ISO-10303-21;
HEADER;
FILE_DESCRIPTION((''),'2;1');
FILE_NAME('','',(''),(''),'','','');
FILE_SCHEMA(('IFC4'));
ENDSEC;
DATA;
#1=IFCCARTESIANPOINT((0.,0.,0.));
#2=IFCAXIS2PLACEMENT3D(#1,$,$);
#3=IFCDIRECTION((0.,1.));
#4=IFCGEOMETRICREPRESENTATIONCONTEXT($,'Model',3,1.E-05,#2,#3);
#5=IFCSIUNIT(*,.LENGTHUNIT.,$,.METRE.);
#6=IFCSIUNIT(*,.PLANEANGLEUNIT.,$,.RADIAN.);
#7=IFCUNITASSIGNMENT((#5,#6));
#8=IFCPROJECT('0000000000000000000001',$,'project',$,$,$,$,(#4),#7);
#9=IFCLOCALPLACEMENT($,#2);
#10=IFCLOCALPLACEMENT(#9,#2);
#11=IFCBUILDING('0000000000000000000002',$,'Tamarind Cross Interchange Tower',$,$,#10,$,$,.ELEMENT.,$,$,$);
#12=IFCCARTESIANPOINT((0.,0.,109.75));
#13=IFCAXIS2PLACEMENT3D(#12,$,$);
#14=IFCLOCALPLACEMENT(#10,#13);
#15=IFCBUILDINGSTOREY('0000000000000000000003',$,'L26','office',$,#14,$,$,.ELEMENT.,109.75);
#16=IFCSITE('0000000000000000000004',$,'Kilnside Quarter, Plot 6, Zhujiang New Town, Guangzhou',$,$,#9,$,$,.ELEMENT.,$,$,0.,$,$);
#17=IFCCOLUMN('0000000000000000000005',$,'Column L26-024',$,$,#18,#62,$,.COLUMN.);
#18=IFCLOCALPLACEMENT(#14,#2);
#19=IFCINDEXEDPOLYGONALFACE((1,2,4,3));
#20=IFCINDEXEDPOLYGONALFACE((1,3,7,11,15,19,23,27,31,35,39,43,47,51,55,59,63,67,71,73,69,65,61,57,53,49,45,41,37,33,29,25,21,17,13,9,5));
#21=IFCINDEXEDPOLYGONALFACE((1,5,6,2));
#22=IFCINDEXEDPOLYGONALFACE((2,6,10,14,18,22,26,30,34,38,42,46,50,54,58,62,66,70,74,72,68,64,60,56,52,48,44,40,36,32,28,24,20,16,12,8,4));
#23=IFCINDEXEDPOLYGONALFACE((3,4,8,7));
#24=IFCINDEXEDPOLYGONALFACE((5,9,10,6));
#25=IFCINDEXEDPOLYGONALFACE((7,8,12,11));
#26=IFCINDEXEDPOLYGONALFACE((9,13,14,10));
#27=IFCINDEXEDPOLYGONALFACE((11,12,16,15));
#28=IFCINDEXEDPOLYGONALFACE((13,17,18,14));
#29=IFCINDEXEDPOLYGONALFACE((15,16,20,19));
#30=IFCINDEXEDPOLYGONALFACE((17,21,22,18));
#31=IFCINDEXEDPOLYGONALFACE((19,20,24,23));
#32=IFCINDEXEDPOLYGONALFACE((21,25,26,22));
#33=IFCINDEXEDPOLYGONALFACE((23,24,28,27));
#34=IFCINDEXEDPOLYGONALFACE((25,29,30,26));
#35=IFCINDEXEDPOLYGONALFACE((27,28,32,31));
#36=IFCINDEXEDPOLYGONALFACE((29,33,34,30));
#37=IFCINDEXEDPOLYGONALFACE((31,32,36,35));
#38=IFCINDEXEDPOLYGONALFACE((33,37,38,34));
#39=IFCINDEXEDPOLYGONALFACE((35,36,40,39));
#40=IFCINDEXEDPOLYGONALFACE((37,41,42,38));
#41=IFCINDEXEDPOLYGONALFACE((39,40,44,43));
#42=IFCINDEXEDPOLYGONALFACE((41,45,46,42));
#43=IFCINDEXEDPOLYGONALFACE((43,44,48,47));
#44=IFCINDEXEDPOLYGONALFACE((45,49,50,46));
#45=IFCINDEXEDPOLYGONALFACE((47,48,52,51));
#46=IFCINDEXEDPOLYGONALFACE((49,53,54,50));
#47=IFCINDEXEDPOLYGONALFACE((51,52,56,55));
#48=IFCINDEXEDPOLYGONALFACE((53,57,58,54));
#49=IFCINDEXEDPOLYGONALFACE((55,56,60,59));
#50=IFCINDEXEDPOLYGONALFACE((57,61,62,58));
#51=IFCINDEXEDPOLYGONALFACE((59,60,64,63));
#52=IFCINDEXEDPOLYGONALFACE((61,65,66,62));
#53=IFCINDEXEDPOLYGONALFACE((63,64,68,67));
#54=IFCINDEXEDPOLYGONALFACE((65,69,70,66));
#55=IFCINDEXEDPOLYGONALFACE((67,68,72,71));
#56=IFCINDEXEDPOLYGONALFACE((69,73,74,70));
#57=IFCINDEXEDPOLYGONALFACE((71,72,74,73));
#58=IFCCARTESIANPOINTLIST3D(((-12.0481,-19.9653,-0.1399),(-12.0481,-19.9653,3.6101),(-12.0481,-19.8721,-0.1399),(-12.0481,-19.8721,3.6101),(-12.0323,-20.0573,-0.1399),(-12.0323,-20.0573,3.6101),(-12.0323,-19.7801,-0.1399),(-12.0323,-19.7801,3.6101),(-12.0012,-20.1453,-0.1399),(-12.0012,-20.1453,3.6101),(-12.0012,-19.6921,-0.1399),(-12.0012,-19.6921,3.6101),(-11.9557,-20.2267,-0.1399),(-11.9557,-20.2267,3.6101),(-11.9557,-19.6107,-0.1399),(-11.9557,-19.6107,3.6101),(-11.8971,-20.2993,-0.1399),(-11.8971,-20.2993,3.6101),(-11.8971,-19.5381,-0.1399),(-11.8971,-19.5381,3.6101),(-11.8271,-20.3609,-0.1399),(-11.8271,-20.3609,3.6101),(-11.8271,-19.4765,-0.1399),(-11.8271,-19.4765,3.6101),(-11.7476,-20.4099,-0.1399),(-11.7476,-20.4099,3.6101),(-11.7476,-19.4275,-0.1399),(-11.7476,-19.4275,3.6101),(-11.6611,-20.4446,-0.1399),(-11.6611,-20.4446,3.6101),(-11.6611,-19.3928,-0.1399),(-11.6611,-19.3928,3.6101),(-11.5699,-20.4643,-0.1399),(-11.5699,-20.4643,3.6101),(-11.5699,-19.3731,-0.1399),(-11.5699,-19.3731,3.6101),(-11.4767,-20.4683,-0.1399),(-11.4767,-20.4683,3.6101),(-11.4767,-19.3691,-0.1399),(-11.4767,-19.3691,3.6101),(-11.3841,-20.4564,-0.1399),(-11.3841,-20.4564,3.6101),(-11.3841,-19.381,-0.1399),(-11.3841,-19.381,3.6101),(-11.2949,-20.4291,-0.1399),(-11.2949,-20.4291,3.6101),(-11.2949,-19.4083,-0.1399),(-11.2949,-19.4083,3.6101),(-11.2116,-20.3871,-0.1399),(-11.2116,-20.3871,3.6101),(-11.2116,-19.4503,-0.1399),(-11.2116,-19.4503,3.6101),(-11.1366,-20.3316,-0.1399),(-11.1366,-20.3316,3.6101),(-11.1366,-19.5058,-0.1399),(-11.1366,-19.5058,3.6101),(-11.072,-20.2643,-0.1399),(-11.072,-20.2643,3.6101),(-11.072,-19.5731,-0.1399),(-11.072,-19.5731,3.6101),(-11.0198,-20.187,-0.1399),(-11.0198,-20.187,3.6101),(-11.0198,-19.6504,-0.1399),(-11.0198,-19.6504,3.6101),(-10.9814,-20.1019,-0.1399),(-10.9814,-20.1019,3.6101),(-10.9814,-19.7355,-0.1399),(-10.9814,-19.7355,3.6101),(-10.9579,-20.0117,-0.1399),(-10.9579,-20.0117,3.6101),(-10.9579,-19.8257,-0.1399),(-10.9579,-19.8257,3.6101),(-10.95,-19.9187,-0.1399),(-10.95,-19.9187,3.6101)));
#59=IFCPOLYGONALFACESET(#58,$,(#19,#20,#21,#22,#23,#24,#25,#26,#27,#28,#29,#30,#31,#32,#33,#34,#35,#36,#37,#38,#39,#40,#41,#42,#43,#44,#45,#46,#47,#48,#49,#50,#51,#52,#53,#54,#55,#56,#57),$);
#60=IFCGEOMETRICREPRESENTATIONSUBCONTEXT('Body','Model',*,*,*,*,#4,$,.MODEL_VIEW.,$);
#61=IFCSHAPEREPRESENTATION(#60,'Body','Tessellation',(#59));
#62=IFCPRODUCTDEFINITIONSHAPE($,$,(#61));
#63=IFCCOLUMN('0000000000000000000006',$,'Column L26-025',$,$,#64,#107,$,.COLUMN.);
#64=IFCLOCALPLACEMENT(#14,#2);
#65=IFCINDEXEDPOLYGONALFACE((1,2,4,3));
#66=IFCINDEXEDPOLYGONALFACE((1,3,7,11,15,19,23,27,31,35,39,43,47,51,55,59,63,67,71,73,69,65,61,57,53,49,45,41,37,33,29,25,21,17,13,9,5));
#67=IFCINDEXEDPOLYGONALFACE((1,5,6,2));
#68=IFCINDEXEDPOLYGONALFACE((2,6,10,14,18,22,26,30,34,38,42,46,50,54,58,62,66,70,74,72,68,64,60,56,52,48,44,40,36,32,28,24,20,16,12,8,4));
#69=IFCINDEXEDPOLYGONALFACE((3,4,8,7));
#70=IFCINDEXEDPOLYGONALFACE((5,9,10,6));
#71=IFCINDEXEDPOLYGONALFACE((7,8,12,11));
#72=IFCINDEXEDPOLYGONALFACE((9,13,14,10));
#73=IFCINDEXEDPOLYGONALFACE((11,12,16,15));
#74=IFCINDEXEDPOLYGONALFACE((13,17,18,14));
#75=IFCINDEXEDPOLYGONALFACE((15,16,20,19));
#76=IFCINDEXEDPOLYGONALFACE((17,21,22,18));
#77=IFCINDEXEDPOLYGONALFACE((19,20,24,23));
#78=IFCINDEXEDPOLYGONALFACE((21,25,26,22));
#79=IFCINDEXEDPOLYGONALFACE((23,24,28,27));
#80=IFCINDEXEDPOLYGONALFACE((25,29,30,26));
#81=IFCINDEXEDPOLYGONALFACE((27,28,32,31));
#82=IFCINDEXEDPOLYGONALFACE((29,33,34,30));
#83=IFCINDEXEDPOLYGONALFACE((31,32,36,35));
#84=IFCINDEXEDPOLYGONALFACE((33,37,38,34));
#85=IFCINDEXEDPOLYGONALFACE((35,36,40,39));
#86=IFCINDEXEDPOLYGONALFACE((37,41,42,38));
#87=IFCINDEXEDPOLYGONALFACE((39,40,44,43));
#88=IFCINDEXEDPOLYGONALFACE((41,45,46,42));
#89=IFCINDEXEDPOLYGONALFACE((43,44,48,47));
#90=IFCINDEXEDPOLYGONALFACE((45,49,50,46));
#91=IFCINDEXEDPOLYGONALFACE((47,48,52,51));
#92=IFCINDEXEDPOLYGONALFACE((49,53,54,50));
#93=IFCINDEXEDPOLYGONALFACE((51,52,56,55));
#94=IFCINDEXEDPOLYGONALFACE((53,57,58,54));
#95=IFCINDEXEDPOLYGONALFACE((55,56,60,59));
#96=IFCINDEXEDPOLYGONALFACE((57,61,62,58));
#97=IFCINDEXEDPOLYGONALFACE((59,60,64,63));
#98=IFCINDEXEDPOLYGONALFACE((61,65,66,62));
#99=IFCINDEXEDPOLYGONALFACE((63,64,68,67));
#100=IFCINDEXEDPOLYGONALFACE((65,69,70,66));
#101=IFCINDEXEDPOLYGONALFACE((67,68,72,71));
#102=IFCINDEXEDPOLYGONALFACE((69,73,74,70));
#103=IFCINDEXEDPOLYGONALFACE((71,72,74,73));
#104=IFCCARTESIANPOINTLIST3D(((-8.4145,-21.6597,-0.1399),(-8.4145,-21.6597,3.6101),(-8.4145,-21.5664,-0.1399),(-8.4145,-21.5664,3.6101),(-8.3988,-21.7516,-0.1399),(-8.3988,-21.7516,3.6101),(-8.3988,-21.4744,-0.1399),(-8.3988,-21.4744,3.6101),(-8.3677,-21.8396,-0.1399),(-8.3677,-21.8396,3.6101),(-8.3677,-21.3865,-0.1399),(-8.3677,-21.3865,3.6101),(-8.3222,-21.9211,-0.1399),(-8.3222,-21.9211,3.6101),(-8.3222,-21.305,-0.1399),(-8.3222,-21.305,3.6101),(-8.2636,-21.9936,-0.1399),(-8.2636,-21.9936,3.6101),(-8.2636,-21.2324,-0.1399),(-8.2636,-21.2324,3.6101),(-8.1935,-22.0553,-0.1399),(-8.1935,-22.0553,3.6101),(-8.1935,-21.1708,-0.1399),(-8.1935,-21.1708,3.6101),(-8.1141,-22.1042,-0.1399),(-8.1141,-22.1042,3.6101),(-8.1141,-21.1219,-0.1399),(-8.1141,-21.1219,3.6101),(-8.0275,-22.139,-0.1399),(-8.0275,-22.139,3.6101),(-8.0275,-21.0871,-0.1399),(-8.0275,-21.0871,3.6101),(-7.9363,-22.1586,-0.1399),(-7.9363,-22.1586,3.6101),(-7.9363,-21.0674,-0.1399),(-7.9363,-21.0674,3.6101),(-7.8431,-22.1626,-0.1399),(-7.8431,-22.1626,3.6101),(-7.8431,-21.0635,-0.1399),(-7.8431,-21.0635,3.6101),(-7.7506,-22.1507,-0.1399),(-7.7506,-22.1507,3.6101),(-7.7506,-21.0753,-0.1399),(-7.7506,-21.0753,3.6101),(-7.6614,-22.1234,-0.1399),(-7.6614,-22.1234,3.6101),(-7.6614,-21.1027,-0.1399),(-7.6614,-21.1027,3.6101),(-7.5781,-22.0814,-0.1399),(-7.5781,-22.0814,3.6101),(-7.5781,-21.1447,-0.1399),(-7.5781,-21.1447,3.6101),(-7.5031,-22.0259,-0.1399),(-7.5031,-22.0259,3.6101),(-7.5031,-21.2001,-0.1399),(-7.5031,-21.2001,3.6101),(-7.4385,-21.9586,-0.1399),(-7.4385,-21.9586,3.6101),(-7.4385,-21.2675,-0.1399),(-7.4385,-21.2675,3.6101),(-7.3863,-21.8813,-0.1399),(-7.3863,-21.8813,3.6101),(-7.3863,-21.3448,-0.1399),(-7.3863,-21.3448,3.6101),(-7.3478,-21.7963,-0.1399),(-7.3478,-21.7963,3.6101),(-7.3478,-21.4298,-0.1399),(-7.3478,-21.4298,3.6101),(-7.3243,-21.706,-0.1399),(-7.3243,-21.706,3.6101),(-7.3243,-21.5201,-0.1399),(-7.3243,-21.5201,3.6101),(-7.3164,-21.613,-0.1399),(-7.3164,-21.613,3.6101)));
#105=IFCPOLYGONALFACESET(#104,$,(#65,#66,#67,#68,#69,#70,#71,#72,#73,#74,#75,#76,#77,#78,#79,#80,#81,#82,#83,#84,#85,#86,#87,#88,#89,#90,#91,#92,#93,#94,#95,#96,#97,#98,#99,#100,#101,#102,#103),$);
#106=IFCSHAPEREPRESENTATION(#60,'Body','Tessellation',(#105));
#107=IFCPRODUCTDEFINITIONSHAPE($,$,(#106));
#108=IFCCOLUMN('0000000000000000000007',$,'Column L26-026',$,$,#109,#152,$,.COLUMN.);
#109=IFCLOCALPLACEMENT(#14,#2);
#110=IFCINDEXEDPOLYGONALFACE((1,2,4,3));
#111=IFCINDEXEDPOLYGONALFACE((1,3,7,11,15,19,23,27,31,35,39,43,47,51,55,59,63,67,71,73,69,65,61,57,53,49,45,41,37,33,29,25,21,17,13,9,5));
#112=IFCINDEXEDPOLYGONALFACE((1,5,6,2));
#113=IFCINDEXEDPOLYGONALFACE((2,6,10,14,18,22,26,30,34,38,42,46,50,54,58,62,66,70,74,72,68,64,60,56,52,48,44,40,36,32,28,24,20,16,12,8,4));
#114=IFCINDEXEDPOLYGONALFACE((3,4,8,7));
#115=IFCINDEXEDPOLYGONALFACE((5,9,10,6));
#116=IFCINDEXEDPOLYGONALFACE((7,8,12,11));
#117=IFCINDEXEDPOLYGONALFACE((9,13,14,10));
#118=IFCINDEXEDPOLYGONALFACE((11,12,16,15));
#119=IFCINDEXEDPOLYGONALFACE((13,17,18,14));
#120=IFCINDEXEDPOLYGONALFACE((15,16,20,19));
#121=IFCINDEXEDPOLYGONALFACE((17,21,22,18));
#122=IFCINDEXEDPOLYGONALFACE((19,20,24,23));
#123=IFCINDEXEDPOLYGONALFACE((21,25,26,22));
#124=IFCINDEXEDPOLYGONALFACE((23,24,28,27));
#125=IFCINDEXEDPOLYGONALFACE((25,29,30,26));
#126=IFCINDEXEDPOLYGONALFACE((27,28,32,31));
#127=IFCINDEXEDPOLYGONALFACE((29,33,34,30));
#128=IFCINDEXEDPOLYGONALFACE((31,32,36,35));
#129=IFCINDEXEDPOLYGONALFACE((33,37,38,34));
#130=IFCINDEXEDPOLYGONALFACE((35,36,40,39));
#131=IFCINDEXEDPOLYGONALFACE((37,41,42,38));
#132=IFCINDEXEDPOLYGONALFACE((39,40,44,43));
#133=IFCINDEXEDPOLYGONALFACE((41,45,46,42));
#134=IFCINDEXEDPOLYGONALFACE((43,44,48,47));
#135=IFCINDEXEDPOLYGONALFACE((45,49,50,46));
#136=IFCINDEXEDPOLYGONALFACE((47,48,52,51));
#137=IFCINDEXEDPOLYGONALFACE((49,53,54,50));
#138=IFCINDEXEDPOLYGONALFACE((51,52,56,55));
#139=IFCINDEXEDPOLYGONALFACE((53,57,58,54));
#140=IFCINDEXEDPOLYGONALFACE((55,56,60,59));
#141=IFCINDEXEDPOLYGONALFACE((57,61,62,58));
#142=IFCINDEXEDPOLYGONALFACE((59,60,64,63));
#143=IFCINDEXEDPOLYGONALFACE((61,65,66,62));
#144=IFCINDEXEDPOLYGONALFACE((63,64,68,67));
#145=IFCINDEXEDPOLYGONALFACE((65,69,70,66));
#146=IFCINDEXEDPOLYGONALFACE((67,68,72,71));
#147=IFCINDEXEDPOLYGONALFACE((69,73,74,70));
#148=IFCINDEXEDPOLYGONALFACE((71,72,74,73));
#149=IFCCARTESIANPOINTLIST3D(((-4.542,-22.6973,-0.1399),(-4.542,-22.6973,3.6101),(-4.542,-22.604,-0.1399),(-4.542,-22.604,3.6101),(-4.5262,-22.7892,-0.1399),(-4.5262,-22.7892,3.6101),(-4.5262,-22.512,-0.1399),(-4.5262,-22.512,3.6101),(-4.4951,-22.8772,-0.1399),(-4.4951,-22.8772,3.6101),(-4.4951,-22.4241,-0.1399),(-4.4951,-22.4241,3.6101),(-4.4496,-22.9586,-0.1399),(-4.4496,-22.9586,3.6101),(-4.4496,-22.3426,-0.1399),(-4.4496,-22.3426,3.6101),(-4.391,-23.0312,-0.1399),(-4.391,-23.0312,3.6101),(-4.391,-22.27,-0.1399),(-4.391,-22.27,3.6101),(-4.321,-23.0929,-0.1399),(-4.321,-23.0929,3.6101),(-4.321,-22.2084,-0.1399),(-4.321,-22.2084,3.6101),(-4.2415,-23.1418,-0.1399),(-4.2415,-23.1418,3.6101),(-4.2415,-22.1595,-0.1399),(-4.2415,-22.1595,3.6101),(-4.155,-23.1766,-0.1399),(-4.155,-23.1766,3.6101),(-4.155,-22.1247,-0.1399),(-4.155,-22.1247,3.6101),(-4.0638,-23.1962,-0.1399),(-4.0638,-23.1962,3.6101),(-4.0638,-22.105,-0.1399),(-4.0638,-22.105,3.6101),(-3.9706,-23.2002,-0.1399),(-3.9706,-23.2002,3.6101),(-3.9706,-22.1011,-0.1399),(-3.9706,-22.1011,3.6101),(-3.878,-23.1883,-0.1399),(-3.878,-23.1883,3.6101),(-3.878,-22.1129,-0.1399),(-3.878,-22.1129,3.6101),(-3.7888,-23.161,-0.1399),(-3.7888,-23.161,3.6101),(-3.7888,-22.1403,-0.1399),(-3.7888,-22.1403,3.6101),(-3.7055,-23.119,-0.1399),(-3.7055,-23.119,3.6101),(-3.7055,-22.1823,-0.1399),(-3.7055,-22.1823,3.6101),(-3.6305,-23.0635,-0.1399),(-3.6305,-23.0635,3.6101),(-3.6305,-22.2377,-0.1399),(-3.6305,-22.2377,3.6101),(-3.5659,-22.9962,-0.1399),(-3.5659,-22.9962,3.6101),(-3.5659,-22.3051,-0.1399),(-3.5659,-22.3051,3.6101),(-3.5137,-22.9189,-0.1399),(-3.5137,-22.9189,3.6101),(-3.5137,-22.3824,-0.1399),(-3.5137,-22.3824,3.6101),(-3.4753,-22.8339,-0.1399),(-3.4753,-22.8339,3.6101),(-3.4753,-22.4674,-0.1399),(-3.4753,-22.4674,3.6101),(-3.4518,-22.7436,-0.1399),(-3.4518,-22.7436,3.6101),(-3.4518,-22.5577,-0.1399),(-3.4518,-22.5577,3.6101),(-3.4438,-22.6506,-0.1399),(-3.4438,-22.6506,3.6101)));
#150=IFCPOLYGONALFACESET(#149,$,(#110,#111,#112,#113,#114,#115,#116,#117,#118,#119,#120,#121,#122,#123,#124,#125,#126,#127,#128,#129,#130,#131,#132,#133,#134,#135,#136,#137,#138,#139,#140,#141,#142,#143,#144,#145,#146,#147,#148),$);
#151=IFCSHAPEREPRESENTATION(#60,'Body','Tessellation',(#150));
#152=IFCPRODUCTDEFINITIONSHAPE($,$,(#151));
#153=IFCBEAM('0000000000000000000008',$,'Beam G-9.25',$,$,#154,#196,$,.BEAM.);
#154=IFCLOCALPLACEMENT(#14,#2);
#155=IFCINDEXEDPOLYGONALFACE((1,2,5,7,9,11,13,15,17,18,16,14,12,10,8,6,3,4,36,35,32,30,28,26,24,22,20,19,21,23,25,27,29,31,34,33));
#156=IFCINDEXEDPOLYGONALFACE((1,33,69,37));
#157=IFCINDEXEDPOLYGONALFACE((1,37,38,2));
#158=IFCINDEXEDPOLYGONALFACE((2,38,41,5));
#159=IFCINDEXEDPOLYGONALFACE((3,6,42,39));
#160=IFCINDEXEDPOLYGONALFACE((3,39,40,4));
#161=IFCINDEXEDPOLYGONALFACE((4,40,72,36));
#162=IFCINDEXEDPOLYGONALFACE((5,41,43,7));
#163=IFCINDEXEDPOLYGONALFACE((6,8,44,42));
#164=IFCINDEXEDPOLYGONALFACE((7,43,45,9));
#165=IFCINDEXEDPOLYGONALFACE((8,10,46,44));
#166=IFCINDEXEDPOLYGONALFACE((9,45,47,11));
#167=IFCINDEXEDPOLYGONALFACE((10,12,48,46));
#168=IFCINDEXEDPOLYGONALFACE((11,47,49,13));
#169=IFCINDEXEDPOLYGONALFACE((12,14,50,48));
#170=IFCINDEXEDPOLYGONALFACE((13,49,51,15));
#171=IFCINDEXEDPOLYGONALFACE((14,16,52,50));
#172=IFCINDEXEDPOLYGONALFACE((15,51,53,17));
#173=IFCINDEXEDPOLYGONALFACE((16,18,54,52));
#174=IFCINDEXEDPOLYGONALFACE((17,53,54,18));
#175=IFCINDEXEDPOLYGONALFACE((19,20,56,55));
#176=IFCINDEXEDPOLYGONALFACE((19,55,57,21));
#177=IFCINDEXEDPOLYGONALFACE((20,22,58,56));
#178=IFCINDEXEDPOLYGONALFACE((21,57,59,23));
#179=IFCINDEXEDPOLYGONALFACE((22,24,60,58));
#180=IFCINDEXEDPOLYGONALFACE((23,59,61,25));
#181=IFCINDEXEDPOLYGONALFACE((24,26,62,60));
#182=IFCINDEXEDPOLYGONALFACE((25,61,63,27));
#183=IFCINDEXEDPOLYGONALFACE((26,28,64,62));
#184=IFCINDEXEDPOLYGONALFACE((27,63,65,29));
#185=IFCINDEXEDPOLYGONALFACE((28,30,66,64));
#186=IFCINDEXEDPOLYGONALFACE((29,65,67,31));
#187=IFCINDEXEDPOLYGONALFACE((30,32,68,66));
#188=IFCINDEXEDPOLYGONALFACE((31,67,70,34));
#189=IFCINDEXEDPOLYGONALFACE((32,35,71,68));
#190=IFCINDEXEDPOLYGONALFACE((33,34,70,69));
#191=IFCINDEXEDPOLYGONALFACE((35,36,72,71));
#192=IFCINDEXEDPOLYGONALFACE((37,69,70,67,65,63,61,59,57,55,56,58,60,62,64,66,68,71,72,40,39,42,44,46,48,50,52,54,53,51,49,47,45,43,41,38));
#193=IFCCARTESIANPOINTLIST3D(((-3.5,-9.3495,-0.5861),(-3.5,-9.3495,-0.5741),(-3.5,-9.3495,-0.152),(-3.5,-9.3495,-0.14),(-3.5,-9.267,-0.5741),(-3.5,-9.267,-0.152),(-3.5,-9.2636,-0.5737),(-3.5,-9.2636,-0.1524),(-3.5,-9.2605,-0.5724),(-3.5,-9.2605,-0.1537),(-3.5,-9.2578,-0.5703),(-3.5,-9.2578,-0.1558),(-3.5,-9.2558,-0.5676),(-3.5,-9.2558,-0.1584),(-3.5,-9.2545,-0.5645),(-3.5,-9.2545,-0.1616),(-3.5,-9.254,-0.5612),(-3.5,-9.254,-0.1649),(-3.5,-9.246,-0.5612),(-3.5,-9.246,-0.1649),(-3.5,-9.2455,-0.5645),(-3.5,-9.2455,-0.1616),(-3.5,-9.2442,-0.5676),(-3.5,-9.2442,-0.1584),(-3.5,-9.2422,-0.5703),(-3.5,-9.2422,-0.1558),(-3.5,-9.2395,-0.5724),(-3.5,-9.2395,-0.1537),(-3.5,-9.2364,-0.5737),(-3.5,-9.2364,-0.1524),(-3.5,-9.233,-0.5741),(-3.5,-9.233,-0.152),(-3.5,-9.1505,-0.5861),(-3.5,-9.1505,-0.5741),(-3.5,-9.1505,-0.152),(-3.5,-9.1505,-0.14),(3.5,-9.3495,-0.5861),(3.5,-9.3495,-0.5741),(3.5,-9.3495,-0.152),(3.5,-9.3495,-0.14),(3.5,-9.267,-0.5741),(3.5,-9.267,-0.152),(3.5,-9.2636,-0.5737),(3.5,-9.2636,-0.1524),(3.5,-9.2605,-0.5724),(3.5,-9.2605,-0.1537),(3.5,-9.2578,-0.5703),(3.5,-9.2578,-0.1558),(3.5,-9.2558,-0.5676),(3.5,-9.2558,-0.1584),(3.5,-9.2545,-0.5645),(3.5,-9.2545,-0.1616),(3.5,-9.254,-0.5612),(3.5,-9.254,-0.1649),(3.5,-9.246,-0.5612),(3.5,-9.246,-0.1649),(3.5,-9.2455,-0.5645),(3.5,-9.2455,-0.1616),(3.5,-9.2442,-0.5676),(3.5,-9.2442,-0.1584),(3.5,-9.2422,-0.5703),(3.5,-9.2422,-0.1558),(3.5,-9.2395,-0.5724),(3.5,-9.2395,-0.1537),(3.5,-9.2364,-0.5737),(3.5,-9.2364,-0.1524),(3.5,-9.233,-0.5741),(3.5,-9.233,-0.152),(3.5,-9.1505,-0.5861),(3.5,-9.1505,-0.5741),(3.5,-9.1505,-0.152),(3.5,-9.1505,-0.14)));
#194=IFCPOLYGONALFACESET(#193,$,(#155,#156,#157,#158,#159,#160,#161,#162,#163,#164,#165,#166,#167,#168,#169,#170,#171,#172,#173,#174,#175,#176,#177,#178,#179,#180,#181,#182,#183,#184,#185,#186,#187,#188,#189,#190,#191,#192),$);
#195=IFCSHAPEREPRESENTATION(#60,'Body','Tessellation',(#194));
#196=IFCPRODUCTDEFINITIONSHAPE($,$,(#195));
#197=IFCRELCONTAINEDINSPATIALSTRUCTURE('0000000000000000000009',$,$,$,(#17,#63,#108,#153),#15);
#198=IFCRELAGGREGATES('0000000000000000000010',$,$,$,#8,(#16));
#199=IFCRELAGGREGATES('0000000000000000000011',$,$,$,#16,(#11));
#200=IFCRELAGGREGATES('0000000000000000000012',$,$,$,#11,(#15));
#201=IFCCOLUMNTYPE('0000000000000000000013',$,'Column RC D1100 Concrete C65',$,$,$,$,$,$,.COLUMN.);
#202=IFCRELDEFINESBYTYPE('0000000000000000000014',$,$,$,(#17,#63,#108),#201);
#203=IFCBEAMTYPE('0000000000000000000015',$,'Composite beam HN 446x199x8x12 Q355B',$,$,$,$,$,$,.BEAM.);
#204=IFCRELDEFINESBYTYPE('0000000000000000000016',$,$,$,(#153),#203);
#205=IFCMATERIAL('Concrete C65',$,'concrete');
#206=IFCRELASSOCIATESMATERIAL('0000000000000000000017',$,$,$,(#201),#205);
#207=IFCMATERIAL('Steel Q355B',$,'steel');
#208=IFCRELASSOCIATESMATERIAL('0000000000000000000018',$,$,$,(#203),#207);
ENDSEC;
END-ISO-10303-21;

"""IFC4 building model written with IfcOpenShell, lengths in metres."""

from ifc_helpers import new_model, si_unit, direction, frame, origin, origin_2d, place, context, subcontext, project, spatial, circle, i_section, extrude, material, material_profile, profile_set, type_object, element, save


model = new_model("IFC4")

# Units and contexts
model_context = context("Model", 3, precision=1e-05, world=origin(), true_north=direction((0.0, 1.0)))
body_context = subcontext(model_context, "Body", "Model", "MODEL_VIEW")
ifc_project = project(units=[si_unit("LENGTHUNIT", "METRE"), si_unit("PLANEANGLEUNIT", "RADIAN")], contexts=[model_context])

# Site, building, storey
site_placement = place(None, origin())
site = spatial("IfcSite", under=ifc_project, at=site_placement, Name="Kilnside Quarter, Plot 6, Zhujiang New Town, Guangzhou", CompositionType="ELEMENT", RefElevation=0.0)
building_placement = place(site_placement, origin())
building = spatial("IfcBuilding", under=site, at=building_placement, Name="Tamarind Cross Interchange Tower", CompositionType="ELEMENT")
storey_placement = place(building_placement, frame((0.0, 0.0, 109.75)))
storey = spatial("IfcBuildingStorey", under=building, at=storey_placement, Name="L26", Description="office", CompositionType="ELEMENT", Elevation=109.75)

# Columns
ifc_material_1 = material(Name="Concrete C65", Category="concrete")
ifc_material_profile_1 = material_profile(ifc_material_1, circle(Radius=0.55, at=origin_2d()), Name="RC D1100")
ifc_profile_set_1 = profile_set([ifc_material_profile_1], Name="Concrete C65")
column_type = type_object("IfcColumnType", Name="Column RC D1100 Concrete C65", PredefinedType="COLUMN", material=ifc_profile_set_1)
for number, where, z_axis, x_axis, name in (
    (1, (-11.5, -19.9187, -0.1399), (0.0, 0.0, 1.0), (1.0, 0.0, 0.0), "Column L26-024"),
    (2, (-7.8665, -21.613, -0.1399), (0.0, 0.0, 1.0), (1.0, 0.0, 0.0), "Column L26-025"),
    (3, (-3.9939, -22.6506, -0.1399), (0.0, 0.0, 1.0), (1.0, 0.0, 0.0), "Column L26-026"),
):
    element("IfcColumn", number, at=place(storey_placement, frame(where, z_axis=z_axis, x_axis=x_axis)), inside=storey, type_object=column_type, Name=name, PredefinedType="COLUMN", context=body_context, shape_type="SweptSolid", body=[
        extrude(circle(Radius=0.55, at=origin_2d()), origin(), (0.0, 0.0, 1.0), 3.75),
    ])

# Beam
ifc_material_2 = material(Name="Steel Q355B", Category="steel")
ifc_material_profile_2 = material_profile(ifc_material_2, i_section(OverallWidth=0.199, OverallDepth=0.446, WebThickness=0.0081, FlangeThickness=0.012, FilletRadius=0.0129, at=origin_2d()), Name="HN 446x199x8x12")
ifc_profile_set_2 = profile_set([ifc_material_profile_2], Name="Steel Q355B")
beam_type_1 = type_object("IfcBeamType", Name="Composite beam HN 446x199x8x12 Q355B", PredefinedType="BEAM", material=ifc_profile_set_2)
beam_1_placement = place(storey_placement, frame((-3.5, -9.25, -0.363), z_axis=(1.0, 0.0, 0.0), x_axis=(0.0, 1.0, 0.0)))
element("IfcBeam", 4, at=beam_1_placement, inside=storey, type_object=beam_type_1, Name="Beam G-9.25", PredefinedType="BEAM", context=body_context, shape_type="SweptSolid", body=[
    extrude(i_section(OverallWidth=0.199, OverallDepth=0.446, WebThickness=0.0081, FlangeThickness=0.012, FilletRadius=0.0129, at=origin_2d()), origin(), (0.0, 0.0, 1.0), 7.0),
])

save(model, "model.ifc")
